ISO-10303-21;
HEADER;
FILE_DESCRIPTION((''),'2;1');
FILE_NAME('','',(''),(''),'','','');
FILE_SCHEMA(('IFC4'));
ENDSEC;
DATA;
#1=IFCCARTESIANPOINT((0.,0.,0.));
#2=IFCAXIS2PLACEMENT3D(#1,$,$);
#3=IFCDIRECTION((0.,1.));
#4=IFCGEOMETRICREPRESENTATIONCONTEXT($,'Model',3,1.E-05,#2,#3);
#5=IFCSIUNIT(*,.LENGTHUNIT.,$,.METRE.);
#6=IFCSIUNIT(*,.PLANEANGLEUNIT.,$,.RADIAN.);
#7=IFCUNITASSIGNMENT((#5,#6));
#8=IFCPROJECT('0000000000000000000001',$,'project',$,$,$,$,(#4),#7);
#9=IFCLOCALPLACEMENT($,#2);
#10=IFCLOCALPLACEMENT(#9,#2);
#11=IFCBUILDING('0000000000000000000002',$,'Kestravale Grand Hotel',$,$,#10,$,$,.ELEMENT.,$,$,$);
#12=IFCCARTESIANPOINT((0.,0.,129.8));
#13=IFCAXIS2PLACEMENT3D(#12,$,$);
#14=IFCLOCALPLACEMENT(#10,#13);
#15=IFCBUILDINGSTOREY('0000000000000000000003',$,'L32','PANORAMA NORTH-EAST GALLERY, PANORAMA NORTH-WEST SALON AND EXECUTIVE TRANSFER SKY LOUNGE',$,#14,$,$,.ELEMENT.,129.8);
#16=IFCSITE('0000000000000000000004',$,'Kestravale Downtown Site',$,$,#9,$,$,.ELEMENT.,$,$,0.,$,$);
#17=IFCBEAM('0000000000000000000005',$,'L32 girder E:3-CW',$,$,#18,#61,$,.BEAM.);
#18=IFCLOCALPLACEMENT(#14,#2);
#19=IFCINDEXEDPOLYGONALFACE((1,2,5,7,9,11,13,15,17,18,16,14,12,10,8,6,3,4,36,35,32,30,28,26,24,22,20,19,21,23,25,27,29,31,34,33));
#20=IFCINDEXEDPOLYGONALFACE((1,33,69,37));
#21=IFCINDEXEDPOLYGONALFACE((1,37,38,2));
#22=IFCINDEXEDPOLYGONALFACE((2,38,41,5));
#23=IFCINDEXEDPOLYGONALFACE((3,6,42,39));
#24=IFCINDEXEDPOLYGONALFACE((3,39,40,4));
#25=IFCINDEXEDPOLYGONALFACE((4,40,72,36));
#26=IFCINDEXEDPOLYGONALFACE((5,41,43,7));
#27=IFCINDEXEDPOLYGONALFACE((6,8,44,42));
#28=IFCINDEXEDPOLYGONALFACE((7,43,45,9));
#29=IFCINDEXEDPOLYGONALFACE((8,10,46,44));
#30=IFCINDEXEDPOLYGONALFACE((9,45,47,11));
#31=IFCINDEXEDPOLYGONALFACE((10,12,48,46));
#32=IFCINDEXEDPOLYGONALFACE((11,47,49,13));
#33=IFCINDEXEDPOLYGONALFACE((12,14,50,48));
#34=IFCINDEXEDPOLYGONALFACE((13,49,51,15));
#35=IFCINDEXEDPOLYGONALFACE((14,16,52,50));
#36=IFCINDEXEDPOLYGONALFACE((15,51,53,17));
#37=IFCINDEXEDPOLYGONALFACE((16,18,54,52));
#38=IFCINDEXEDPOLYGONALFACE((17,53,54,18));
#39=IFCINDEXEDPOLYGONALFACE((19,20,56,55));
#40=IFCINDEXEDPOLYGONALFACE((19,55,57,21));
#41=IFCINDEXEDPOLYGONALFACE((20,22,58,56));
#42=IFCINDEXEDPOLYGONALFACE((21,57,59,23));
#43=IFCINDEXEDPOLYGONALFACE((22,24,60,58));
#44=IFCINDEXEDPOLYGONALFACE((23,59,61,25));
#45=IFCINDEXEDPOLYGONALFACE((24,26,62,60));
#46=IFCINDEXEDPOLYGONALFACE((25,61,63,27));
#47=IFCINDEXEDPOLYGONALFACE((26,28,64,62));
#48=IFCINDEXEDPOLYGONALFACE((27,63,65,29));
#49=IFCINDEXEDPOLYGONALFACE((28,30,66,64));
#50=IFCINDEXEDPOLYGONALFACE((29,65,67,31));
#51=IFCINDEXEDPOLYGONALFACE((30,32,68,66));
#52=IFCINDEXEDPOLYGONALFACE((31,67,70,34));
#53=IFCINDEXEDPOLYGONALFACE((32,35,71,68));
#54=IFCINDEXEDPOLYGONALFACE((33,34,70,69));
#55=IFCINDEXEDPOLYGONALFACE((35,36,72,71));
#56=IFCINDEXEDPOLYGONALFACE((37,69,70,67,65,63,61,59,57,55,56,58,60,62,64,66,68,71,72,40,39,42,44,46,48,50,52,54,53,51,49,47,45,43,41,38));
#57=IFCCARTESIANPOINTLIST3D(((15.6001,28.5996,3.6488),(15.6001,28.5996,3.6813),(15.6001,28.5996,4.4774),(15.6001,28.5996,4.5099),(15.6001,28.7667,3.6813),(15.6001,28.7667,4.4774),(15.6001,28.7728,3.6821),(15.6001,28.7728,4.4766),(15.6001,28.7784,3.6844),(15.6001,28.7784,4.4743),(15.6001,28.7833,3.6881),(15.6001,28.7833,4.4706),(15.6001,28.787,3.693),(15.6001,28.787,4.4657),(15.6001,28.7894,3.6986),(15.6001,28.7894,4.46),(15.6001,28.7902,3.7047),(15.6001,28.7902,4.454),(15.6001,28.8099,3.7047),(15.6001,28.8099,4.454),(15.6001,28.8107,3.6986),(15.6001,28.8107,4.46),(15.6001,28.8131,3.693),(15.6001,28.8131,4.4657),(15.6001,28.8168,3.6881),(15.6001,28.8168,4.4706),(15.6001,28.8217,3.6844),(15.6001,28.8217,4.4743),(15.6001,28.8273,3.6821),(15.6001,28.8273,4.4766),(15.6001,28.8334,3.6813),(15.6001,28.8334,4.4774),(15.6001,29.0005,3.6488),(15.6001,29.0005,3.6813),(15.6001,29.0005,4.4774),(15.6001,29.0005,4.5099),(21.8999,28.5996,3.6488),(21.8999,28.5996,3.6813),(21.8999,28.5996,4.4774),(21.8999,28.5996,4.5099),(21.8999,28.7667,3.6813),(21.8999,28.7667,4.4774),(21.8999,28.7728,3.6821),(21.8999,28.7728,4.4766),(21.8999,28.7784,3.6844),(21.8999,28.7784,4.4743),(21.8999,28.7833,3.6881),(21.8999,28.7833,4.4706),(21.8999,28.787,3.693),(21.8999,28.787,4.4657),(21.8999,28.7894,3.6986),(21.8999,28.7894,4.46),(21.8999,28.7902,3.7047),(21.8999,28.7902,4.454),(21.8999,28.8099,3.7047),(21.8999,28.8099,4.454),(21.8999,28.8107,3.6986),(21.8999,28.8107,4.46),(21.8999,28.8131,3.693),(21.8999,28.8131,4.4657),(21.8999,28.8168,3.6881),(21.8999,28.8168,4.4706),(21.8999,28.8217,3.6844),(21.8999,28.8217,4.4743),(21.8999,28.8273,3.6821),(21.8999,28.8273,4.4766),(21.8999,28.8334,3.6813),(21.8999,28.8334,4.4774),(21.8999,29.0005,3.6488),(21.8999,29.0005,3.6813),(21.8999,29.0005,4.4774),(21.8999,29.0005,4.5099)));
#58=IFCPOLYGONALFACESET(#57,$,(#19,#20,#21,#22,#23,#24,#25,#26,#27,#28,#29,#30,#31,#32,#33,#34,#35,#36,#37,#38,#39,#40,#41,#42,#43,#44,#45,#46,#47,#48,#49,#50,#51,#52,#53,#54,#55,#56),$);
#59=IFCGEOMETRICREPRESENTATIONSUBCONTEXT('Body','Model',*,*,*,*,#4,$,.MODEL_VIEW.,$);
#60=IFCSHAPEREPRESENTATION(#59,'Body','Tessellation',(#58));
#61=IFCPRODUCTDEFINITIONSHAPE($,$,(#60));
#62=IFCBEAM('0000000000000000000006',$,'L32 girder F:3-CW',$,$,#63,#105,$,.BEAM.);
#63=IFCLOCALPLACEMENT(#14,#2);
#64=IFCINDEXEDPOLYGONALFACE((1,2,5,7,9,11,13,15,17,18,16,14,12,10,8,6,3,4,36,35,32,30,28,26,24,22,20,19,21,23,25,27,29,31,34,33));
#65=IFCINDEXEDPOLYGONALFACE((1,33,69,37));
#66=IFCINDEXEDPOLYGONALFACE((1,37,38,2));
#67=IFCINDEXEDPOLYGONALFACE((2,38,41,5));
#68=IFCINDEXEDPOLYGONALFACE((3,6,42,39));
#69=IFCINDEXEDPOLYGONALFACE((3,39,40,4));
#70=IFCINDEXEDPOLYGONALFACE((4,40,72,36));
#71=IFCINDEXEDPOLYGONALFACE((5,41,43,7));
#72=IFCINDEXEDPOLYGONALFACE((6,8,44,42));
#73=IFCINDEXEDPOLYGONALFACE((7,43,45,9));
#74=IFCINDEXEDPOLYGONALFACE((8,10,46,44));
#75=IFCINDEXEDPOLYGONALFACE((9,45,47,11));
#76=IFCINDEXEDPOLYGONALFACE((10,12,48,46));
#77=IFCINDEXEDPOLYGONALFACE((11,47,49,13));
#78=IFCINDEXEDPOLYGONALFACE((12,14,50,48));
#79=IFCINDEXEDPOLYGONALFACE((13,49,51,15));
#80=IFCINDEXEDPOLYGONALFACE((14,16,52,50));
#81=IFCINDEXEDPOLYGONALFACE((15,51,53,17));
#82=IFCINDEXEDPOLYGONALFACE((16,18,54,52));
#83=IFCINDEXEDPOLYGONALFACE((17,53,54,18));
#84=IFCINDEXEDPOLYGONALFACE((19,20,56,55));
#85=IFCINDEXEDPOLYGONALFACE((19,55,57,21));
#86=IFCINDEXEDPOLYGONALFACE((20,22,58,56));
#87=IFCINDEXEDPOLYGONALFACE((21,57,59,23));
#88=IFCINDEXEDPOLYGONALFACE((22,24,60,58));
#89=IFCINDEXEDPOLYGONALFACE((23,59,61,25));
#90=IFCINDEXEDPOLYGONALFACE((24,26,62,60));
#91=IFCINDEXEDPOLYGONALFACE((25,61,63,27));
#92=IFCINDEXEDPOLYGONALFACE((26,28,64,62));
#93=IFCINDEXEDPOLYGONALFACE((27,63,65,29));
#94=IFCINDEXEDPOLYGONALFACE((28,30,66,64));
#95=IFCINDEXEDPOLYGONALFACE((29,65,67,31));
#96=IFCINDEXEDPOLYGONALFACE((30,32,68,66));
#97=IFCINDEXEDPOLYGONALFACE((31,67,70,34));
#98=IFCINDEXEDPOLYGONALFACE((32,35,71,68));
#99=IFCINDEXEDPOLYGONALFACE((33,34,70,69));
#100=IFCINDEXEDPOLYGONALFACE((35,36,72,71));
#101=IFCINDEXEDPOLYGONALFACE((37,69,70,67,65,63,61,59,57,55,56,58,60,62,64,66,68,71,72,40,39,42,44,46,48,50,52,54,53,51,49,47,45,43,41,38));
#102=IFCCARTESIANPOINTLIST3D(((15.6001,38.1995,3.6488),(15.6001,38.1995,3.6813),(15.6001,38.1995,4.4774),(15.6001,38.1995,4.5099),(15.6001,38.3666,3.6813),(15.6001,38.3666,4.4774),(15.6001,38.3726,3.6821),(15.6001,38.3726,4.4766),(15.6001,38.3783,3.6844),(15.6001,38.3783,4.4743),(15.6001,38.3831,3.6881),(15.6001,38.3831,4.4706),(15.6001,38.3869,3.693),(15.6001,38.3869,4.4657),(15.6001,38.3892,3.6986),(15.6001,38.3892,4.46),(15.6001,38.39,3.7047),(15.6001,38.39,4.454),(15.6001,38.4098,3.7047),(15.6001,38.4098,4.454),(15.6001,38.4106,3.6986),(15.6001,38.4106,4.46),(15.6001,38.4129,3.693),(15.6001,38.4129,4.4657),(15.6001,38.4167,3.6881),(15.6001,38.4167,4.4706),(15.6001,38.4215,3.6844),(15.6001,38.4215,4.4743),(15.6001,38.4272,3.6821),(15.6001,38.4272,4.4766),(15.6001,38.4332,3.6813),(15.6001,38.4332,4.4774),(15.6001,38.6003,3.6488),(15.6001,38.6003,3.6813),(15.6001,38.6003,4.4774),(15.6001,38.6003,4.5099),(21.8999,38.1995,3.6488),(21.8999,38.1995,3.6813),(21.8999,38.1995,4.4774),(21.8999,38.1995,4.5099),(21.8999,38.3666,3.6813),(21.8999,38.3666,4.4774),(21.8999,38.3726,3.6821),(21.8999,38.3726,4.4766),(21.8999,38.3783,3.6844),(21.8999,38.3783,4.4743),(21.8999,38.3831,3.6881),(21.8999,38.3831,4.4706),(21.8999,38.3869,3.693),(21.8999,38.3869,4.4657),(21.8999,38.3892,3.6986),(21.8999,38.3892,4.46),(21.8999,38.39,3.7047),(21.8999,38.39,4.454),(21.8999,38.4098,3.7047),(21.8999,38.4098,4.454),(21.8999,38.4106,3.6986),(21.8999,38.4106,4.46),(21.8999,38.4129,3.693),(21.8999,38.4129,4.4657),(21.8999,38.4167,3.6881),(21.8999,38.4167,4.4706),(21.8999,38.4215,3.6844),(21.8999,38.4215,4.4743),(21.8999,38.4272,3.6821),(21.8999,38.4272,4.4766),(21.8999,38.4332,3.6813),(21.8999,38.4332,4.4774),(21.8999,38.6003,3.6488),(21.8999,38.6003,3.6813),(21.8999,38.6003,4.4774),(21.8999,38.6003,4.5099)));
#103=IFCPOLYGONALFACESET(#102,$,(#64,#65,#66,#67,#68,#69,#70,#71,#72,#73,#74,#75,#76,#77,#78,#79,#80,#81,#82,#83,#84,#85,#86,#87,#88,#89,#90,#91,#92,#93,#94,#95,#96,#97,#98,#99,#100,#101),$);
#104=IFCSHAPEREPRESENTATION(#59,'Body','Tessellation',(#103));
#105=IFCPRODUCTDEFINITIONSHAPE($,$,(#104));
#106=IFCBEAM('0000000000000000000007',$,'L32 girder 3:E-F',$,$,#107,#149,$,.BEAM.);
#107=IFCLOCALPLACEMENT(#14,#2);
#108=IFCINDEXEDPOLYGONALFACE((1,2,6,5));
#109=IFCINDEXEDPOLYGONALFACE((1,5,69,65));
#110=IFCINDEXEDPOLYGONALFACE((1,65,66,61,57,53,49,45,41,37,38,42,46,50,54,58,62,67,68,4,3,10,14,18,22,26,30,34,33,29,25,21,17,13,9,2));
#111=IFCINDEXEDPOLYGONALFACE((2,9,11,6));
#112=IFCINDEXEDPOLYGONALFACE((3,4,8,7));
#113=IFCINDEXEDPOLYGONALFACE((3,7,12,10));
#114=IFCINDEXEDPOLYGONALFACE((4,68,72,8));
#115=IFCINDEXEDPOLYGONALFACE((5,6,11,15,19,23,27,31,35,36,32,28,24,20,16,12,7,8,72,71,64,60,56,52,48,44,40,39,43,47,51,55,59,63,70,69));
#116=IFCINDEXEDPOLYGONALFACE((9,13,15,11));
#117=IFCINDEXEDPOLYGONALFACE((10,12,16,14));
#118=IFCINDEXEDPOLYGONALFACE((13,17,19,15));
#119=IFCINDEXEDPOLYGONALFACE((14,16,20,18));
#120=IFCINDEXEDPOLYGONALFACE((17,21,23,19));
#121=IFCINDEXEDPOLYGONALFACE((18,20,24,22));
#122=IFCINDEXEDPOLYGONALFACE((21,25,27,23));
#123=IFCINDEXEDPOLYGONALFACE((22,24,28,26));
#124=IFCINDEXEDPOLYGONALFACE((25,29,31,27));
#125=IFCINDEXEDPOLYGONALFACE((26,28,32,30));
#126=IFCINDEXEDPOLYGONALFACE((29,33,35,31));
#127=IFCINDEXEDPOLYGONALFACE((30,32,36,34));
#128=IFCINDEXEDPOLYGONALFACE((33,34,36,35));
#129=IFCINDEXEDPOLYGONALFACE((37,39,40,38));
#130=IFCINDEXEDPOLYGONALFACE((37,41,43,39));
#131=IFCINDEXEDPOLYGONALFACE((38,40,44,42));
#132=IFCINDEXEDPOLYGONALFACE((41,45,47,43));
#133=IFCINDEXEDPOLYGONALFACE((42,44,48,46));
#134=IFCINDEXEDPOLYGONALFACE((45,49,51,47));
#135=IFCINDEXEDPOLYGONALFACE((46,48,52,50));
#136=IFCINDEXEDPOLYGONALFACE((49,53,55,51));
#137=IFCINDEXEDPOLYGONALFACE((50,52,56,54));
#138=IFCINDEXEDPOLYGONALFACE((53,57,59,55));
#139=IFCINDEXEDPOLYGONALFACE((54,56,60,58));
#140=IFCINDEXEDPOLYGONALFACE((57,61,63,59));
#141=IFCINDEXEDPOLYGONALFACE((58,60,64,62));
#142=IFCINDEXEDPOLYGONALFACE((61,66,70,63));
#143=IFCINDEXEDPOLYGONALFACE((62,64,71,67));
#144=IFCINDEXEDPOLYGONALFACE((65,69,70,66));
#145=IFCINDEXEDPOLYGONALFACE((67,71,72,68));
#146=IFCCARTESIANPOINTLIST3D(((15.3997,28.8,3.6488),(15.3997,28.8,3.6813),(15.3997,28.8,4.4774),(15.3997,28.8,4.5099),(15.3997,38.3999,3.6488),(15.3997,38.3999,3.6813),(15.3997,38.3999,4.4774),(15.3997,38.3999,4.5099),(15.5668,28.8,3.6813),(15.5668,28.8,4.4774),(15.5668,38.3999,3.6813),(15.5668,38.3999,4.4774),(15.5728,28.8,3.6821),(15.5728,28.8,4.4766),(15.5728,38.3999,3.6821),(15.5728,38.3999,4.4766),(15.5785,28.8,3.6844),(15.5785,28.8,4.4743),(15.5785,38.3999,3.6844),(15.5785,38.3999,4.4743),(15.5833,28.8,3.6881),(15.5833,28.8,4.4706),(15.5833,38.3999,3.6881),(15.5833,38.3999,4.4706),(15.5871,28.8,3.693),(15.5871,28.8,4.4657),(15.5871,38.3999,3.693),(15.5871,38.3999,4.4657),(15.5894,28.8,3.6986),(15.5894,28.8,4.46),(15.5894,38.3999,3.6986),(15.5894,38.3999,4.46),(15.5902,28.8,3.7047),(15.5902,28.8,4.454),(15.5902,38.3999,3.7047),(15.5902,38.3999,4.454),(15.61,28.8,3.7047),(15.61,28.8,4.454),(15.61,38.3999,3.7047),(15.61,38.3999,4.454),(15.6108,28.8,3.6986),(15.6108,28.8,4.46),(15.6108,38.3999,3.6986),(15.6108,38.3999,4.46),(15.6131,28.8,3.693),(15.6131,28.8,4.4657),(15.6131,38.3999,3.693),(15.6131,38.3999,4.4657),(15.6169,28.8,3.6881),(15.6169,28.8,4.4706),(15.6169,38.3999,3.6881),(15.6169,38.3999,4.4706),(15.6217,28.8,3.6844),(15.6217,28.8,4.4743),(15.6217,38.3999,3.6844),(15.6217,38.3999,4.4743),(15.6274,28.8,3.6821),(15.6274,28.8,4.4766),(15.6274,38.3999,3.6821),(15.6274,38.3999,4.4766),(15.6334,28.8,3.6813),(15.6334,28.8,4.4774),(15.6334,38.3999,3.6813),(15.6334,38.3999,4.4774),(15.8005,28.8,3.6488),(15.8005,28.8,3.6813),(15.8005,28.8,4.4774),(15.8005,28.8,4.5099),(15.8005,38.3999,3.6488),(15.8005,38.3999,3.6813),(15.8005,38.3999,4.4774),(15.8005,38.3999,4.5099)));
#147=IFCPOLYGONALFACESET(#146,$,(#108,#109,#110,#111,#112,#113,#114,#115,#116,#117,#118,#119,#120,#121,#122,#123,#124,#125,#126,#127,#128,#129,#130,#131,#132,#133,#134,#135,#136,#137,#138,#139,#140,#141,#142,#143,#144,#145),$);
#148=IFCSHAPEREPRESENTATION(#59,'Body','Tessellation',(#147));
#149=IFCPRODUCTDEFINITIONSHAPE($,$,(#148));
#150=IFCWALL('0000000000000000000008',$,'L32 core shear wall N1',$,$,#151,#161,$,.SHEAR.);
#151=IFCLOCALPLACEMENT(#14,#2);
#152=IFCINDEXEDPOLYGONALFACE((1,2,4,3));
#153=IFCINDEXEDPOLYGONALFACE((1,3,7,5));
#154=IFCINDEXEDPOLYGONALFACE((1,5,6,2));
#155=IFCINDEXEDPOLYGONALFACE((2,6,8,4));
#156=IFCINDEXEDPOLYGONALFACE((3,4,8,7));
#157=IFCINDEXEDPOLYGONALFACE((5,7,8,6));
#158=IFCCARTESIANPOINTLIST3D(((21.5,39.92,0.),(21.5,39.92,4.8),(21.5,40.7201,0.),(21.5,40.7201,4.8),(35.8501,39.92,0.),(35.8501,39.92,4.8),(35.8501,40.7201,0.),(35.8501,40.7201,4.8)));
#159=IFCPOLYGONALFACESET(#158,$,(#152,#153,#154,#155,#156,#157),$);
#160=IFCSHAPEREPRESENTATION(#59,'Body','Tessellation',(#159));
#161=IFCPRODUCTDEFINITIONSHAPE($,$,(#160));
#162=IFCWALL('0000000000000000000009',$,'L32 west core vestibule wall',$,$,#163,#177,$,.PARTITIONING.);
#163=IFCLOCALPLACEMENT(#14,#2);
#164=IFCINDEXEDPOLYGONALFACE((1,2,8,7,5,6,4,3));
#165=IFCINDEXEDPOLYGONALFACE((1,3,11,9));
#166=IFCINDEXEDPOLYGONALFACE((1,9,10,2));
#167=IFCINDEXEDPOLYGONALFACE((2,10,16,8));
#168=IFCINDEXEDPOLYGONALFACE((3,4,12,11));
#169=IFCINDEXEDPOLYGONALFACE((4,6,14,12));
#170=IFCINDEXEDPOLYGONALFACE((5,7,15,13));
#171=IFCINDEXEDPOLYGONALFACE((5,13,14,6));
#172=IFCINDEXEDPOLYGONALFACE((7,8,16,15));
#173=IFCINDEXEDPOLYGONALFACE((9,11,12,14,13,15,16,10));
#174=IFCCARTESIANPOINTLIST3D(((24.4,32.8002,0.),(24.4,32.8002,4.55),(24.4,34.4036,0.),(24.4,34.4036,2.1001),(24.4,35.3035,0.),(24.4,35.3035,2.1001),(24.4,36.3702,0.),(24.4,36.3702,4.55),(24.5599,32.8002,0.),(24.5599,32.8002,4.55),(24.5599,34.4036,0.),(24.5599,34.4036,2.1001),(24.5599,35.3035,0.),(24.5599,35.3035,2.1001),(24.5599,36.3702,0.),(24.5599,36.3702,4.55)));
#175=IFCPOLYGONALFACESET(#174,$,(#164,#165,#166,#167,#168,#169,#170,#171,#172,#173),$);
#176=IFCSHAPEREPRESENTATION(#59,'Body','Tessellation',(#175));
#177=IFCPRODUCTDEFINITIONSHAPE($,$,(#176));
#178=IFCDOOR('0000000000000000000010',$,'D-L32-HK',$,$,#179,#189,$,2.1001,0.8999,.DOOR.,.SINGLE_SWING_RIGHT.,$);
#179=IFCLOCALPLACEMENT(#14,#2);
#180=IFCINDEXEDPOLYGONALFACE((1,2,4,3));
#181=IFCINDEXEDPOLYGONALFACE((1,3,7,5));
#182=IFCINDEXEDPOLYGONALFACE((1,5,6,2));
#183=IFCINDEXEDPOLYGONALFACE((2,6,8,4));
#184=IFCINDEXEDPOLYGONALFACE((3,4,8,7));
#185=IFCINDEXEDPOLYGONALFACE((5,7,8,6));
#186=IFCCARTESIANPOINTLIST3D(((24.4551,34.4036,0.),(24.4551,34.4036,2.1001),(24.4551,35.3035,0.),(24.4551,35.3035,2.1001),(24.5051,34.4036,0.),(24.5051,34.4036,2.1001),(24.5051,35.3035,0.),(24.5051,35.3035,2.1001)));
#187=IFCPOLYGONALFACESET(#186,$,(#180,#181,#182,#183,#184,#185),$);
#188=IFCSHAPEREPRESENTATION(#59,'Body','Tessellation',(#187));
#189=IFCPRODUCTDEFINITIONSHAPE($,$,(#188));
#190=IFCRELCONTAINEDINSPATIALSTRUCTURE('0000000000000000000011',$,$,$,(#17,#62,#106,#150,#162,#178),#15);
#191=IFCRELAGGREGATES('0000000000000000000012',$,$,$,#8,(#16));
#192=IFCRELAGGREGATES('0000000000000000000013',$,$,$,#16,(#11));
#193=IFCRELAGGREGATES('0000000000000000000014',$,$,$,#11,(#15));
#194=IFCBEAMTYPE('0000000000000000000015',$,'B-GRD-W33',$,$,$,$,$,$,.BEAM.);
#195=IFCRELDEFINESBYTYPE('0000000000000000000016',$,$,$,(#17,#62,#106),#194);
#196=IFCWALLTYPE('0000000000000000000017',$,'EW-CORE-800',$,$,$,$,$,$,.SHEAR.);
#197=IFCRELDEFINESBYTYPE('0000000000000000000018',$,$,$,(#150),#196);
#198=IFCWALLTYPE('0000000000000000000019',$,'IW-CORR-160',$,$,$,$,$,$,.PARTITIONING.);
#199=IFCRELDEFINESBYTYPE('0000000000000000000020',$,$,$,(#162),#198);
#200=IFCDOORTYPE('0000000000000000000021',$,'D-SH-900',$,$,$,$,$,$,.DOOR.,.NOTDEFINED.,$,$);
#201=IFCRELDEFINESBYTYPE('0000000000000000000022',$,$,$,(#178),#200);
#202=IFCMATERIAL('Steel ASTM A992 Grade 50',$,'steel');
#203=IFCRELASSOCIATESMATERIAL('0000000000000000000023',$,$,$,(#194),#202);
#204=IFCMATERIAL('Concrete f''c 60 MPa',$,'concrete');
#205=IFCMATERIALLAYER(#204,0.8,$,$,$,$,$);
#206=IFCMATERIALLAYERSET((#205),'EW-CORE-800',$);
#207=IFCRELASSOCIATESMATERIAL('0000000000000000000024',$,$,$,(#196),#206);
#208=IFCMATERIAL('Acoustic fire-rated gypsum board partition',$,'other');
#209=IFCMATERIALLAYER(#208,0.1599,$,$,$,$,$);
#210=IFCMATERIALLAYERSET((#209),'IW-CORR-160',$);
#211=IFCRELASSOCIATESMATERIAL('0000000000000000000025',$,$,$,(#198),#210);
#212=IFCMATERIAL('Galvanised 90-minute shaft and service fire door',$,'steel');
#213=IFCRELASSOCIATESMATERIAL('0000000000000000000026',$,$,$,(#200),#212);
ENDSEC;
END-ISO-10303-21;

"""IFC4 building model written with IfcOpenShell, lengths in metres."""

from ifc_helpers import new_model, si_unit, direction, frame, frame_2d, origin, origin_2d, place, context, subcontext, project, spatial, rectangle, i_section, extrude, material, layer, layer_set, material_profile, profile_set, type_object, element, fill, save


model = new_model("IFC4")

# Units and contexts
model_context = context("Model", 3, precision=1e-05, world=origin(), true_north=direction((0.0, 1.0)))
body_context = subcontext(model_context, "Body", "Model", "MODEL_VIEW")
ifc_project = project(units=[si_unit("LENGTHUNIT", "METRE"), si_unit("PLANEANGLEUNIT", "RADIAN")], contexts=[model_context])

# Site, building, storey
site_placement = place(None, origin())
site = spatial("IfcSite", under=ifc_project, at=site_placement, Name="Kestravale Downtown Site", CompositionType="ELEMENT", RefElevation=0.0)
building_placement = place(site_placement, origin())
building = spatial("IfcBuilding", under=site, at=building_placement, Name="Kestravale Grand Hotel", CompositionType="ELEMENT")
storey_placement = place(building_placement, frame((0.0, 0.0, 129.8)))
storey = spatial("IfcBuildingStorey", under=building, at=storey_placement, Name="L32", Description="PANORAMA NORTH-EAST GALLERY, PANORAMA NORTH-WEST SALON AND EXECUTIVE TRANSFER SKY LOUNGE", CompositionType="ELEMENT", Elevation=129.8)

# Beams
ifc_material_1 = material(Name="Steel ASTM A992 Grade 50", Category="steel")
ifc_material_profile_1 = material_profile(ifc_material_1, i_section(OverallWidth=0.4009, OverallDepth=0.8611, WebThickness=0.0198, FlangeThickness=0.0325, FilletRadius=0.0234, at=origin_2d()))
ifc_profile_set_1 = profile_set([ifc_material_profile_1], Name="Steel ASTM A992 Grade 50")
beam_type_1 = type_object("IfcBeamType", Name="B-GRD-W33", PredefinedType="BEAM", material=ifc_profile_set_1)
for number, where, z_axis, x_axis, name in (
    (1, (15.6001, 28.8, 4.0793), (1.0, 0.0, 0.0), (0.0, 1.0, 0.0), "L32 girder E:3-CW"),
    (2, (15.6001, 38.3999, 4.0793), (1.0, 0.0, 0.0), (0.0, 1.0, 0.0), "L32 girder F:3-CW"),
):
    element("IfcBeam", number, at=place(storey_placement, frame(where, z_axis=z_axis, x_axis=x_axis)), inside=storey, type_object=beam_type_1, Name=name, PredefinedType="BEAM", context=body_context, shape_type="SweptSolid", body=[
        extrude(i_section(OverallWidth=0.4009, OverallDepth=0.8611, WebThickness=0.0198, FlangeThickness=0.0325, FilletRadius=0.0234, at=origin_2d()), origin(), (0.0, 0.0, 1.0), 6.2998),
    ])
beam_1_placement = place(storey_placement, frame((15.6001, 28.8, 4.0793), z_axis=(0.0, 1.0, 0.0), x_axis=(-1.0, 0.0, 0.0)))
element("IfcBeam", 3, at=beam_1_placement, inside=storey, type_object=beam_type_1, Name="L32 girder 3:E-F", PredefinedType="BEAM", context=body_context, shape_type="SweptSolid", body=[
    extrude(i_section(OverallWidth=0.4009, OverallDepth=0.8611, WebThickness=0.0198, FlangeThickness=0.0325, FilletRadius=0.0234, at=origin_2d()), origin(), (0.0, 0.0, 1.0), 9.5999),
])

# Wall
ifc_material_2 = material(Name="Concrete f'c 60 MPa", Category="concrete")
ifc_layer_1 = layer(ifc_material_2, 0.8)
ifc_layer_set_1 = layer_set([ifc_layer_1], Name="EW-CORE-800")
wall_type_1 = type_object("IfcWallType", Name="EW-CORE-800", PredefinedType="SHEAR", material=ifc_layer_set_1)
wall_1_placement = place(storey_placement, frame((21.5, 40.3201, 0.0), z_axis=(0.0, 0.0, 1.0), x_axis=(1.0, 0.0, 0.0)))
element("IfcWall", 4, at=wall_1_placement, inside=storey, type_object=wall_type_1, Name="L32 core shear wall N1", PredefinedType="SHEAR", context=body_context, shape_type="SweptSolid", body=[
    extrude(rectangle(XDim=14.3501, YDim=0.8, at=frame_2d((7.175, 0.0))), origin(), (0.0, 0.0, 1.0), 4.8),
])

# Wall, opening, door
ifc_material_3 = material(Name="Acoustic fire-rated gypsum board partition", Category="other")
ifc_layer_2 = layer(ifc_material_3, 0.1599)
ifc_layer_set_2 = layer_set([ifc_layer_2], Name="IW-CORR-160")
wall_type_2 = type_object("IfcWallType", Name="IW-CORR-160", PredefinedType="PARTITIONING", material=ifc_layer_set_2)
wall_2_placement = place(storey_placement, frame((24.48, 32.8, 0.0), z_axis=(0.0, 0.0, 1.0), x_axis=(0.0, 1.0, 0.0)))
wall_2 = element("IfcWall", 5, at=wall_2_placement, inside=storey, type_object=wall_type_2, Name="L32 west core vestibule wall", PredefinedType="PARTITIONING", context=body_context, shape_type="SweptSolid", body=[
    extrude(rectangle(XDim=3.5701, YDim=0.1599, at=frame_2d((1.7852, 0.0))), origin(), (0.0, 0.0, 1.0), 4.55),
])
opening_1_placement = place(wall_2_placement, frame((1.6035, 0.0, 0.0)))
opening_1 = element("IfcOpeningElement", 6, at=opening_1_placement, cuts=wall_2, PredefinedType="OPENING", context=body_context, shape_type="SweptSolid", body=[
    extrude(rectangle(XDim=0.8999, YDim=2.1001, at=frame_2d((0.45, 1.05))), frame((0.0, 0.0898, 0.0), z_axis=(0.0, -1.0, 0.0), x_axis=(1.0, 0.0, 0.0)), (0.0, 0.0, 1.0), 0.1799),
])
ifc_material_4 = material(Name="Galvanised 90-minute shaft and service fire door", Category="steel")
door_type_1 = type_object("IfcDoorType", Name="D-SH-900", OperationType="NOTDEFINED", PredefinedType="DOOR", material=ifc_material_4)
door_1_placement = place(opening_1_placement, origin())
door_1 = element("IfcDoor", 7, at=door_1_placement, inside=storey, type_object=door_type_1, Name="D-L32-HK", OperationType="SINGLE_SWING_RIGHT", OverallHeight=2.1001, OverallWidth=0.8999, PredefinedType="DOOR", context=body_context, shape_type="SweptSolid", body=[
    extrude(rectangle(XDim=0.8999, YDim=2.1001, at=frame_2d((0.45, 1.05))), frame((0.0, 0.0249, 0.0), z_axis=(0.0, -1.0, 0.0), x_axis=(1.0, 0.0, 0.0)), (0.0, 0.0, 1.0), 0.05),
])
fill(opening_1, door_1)

save(model, "model.ifc")
